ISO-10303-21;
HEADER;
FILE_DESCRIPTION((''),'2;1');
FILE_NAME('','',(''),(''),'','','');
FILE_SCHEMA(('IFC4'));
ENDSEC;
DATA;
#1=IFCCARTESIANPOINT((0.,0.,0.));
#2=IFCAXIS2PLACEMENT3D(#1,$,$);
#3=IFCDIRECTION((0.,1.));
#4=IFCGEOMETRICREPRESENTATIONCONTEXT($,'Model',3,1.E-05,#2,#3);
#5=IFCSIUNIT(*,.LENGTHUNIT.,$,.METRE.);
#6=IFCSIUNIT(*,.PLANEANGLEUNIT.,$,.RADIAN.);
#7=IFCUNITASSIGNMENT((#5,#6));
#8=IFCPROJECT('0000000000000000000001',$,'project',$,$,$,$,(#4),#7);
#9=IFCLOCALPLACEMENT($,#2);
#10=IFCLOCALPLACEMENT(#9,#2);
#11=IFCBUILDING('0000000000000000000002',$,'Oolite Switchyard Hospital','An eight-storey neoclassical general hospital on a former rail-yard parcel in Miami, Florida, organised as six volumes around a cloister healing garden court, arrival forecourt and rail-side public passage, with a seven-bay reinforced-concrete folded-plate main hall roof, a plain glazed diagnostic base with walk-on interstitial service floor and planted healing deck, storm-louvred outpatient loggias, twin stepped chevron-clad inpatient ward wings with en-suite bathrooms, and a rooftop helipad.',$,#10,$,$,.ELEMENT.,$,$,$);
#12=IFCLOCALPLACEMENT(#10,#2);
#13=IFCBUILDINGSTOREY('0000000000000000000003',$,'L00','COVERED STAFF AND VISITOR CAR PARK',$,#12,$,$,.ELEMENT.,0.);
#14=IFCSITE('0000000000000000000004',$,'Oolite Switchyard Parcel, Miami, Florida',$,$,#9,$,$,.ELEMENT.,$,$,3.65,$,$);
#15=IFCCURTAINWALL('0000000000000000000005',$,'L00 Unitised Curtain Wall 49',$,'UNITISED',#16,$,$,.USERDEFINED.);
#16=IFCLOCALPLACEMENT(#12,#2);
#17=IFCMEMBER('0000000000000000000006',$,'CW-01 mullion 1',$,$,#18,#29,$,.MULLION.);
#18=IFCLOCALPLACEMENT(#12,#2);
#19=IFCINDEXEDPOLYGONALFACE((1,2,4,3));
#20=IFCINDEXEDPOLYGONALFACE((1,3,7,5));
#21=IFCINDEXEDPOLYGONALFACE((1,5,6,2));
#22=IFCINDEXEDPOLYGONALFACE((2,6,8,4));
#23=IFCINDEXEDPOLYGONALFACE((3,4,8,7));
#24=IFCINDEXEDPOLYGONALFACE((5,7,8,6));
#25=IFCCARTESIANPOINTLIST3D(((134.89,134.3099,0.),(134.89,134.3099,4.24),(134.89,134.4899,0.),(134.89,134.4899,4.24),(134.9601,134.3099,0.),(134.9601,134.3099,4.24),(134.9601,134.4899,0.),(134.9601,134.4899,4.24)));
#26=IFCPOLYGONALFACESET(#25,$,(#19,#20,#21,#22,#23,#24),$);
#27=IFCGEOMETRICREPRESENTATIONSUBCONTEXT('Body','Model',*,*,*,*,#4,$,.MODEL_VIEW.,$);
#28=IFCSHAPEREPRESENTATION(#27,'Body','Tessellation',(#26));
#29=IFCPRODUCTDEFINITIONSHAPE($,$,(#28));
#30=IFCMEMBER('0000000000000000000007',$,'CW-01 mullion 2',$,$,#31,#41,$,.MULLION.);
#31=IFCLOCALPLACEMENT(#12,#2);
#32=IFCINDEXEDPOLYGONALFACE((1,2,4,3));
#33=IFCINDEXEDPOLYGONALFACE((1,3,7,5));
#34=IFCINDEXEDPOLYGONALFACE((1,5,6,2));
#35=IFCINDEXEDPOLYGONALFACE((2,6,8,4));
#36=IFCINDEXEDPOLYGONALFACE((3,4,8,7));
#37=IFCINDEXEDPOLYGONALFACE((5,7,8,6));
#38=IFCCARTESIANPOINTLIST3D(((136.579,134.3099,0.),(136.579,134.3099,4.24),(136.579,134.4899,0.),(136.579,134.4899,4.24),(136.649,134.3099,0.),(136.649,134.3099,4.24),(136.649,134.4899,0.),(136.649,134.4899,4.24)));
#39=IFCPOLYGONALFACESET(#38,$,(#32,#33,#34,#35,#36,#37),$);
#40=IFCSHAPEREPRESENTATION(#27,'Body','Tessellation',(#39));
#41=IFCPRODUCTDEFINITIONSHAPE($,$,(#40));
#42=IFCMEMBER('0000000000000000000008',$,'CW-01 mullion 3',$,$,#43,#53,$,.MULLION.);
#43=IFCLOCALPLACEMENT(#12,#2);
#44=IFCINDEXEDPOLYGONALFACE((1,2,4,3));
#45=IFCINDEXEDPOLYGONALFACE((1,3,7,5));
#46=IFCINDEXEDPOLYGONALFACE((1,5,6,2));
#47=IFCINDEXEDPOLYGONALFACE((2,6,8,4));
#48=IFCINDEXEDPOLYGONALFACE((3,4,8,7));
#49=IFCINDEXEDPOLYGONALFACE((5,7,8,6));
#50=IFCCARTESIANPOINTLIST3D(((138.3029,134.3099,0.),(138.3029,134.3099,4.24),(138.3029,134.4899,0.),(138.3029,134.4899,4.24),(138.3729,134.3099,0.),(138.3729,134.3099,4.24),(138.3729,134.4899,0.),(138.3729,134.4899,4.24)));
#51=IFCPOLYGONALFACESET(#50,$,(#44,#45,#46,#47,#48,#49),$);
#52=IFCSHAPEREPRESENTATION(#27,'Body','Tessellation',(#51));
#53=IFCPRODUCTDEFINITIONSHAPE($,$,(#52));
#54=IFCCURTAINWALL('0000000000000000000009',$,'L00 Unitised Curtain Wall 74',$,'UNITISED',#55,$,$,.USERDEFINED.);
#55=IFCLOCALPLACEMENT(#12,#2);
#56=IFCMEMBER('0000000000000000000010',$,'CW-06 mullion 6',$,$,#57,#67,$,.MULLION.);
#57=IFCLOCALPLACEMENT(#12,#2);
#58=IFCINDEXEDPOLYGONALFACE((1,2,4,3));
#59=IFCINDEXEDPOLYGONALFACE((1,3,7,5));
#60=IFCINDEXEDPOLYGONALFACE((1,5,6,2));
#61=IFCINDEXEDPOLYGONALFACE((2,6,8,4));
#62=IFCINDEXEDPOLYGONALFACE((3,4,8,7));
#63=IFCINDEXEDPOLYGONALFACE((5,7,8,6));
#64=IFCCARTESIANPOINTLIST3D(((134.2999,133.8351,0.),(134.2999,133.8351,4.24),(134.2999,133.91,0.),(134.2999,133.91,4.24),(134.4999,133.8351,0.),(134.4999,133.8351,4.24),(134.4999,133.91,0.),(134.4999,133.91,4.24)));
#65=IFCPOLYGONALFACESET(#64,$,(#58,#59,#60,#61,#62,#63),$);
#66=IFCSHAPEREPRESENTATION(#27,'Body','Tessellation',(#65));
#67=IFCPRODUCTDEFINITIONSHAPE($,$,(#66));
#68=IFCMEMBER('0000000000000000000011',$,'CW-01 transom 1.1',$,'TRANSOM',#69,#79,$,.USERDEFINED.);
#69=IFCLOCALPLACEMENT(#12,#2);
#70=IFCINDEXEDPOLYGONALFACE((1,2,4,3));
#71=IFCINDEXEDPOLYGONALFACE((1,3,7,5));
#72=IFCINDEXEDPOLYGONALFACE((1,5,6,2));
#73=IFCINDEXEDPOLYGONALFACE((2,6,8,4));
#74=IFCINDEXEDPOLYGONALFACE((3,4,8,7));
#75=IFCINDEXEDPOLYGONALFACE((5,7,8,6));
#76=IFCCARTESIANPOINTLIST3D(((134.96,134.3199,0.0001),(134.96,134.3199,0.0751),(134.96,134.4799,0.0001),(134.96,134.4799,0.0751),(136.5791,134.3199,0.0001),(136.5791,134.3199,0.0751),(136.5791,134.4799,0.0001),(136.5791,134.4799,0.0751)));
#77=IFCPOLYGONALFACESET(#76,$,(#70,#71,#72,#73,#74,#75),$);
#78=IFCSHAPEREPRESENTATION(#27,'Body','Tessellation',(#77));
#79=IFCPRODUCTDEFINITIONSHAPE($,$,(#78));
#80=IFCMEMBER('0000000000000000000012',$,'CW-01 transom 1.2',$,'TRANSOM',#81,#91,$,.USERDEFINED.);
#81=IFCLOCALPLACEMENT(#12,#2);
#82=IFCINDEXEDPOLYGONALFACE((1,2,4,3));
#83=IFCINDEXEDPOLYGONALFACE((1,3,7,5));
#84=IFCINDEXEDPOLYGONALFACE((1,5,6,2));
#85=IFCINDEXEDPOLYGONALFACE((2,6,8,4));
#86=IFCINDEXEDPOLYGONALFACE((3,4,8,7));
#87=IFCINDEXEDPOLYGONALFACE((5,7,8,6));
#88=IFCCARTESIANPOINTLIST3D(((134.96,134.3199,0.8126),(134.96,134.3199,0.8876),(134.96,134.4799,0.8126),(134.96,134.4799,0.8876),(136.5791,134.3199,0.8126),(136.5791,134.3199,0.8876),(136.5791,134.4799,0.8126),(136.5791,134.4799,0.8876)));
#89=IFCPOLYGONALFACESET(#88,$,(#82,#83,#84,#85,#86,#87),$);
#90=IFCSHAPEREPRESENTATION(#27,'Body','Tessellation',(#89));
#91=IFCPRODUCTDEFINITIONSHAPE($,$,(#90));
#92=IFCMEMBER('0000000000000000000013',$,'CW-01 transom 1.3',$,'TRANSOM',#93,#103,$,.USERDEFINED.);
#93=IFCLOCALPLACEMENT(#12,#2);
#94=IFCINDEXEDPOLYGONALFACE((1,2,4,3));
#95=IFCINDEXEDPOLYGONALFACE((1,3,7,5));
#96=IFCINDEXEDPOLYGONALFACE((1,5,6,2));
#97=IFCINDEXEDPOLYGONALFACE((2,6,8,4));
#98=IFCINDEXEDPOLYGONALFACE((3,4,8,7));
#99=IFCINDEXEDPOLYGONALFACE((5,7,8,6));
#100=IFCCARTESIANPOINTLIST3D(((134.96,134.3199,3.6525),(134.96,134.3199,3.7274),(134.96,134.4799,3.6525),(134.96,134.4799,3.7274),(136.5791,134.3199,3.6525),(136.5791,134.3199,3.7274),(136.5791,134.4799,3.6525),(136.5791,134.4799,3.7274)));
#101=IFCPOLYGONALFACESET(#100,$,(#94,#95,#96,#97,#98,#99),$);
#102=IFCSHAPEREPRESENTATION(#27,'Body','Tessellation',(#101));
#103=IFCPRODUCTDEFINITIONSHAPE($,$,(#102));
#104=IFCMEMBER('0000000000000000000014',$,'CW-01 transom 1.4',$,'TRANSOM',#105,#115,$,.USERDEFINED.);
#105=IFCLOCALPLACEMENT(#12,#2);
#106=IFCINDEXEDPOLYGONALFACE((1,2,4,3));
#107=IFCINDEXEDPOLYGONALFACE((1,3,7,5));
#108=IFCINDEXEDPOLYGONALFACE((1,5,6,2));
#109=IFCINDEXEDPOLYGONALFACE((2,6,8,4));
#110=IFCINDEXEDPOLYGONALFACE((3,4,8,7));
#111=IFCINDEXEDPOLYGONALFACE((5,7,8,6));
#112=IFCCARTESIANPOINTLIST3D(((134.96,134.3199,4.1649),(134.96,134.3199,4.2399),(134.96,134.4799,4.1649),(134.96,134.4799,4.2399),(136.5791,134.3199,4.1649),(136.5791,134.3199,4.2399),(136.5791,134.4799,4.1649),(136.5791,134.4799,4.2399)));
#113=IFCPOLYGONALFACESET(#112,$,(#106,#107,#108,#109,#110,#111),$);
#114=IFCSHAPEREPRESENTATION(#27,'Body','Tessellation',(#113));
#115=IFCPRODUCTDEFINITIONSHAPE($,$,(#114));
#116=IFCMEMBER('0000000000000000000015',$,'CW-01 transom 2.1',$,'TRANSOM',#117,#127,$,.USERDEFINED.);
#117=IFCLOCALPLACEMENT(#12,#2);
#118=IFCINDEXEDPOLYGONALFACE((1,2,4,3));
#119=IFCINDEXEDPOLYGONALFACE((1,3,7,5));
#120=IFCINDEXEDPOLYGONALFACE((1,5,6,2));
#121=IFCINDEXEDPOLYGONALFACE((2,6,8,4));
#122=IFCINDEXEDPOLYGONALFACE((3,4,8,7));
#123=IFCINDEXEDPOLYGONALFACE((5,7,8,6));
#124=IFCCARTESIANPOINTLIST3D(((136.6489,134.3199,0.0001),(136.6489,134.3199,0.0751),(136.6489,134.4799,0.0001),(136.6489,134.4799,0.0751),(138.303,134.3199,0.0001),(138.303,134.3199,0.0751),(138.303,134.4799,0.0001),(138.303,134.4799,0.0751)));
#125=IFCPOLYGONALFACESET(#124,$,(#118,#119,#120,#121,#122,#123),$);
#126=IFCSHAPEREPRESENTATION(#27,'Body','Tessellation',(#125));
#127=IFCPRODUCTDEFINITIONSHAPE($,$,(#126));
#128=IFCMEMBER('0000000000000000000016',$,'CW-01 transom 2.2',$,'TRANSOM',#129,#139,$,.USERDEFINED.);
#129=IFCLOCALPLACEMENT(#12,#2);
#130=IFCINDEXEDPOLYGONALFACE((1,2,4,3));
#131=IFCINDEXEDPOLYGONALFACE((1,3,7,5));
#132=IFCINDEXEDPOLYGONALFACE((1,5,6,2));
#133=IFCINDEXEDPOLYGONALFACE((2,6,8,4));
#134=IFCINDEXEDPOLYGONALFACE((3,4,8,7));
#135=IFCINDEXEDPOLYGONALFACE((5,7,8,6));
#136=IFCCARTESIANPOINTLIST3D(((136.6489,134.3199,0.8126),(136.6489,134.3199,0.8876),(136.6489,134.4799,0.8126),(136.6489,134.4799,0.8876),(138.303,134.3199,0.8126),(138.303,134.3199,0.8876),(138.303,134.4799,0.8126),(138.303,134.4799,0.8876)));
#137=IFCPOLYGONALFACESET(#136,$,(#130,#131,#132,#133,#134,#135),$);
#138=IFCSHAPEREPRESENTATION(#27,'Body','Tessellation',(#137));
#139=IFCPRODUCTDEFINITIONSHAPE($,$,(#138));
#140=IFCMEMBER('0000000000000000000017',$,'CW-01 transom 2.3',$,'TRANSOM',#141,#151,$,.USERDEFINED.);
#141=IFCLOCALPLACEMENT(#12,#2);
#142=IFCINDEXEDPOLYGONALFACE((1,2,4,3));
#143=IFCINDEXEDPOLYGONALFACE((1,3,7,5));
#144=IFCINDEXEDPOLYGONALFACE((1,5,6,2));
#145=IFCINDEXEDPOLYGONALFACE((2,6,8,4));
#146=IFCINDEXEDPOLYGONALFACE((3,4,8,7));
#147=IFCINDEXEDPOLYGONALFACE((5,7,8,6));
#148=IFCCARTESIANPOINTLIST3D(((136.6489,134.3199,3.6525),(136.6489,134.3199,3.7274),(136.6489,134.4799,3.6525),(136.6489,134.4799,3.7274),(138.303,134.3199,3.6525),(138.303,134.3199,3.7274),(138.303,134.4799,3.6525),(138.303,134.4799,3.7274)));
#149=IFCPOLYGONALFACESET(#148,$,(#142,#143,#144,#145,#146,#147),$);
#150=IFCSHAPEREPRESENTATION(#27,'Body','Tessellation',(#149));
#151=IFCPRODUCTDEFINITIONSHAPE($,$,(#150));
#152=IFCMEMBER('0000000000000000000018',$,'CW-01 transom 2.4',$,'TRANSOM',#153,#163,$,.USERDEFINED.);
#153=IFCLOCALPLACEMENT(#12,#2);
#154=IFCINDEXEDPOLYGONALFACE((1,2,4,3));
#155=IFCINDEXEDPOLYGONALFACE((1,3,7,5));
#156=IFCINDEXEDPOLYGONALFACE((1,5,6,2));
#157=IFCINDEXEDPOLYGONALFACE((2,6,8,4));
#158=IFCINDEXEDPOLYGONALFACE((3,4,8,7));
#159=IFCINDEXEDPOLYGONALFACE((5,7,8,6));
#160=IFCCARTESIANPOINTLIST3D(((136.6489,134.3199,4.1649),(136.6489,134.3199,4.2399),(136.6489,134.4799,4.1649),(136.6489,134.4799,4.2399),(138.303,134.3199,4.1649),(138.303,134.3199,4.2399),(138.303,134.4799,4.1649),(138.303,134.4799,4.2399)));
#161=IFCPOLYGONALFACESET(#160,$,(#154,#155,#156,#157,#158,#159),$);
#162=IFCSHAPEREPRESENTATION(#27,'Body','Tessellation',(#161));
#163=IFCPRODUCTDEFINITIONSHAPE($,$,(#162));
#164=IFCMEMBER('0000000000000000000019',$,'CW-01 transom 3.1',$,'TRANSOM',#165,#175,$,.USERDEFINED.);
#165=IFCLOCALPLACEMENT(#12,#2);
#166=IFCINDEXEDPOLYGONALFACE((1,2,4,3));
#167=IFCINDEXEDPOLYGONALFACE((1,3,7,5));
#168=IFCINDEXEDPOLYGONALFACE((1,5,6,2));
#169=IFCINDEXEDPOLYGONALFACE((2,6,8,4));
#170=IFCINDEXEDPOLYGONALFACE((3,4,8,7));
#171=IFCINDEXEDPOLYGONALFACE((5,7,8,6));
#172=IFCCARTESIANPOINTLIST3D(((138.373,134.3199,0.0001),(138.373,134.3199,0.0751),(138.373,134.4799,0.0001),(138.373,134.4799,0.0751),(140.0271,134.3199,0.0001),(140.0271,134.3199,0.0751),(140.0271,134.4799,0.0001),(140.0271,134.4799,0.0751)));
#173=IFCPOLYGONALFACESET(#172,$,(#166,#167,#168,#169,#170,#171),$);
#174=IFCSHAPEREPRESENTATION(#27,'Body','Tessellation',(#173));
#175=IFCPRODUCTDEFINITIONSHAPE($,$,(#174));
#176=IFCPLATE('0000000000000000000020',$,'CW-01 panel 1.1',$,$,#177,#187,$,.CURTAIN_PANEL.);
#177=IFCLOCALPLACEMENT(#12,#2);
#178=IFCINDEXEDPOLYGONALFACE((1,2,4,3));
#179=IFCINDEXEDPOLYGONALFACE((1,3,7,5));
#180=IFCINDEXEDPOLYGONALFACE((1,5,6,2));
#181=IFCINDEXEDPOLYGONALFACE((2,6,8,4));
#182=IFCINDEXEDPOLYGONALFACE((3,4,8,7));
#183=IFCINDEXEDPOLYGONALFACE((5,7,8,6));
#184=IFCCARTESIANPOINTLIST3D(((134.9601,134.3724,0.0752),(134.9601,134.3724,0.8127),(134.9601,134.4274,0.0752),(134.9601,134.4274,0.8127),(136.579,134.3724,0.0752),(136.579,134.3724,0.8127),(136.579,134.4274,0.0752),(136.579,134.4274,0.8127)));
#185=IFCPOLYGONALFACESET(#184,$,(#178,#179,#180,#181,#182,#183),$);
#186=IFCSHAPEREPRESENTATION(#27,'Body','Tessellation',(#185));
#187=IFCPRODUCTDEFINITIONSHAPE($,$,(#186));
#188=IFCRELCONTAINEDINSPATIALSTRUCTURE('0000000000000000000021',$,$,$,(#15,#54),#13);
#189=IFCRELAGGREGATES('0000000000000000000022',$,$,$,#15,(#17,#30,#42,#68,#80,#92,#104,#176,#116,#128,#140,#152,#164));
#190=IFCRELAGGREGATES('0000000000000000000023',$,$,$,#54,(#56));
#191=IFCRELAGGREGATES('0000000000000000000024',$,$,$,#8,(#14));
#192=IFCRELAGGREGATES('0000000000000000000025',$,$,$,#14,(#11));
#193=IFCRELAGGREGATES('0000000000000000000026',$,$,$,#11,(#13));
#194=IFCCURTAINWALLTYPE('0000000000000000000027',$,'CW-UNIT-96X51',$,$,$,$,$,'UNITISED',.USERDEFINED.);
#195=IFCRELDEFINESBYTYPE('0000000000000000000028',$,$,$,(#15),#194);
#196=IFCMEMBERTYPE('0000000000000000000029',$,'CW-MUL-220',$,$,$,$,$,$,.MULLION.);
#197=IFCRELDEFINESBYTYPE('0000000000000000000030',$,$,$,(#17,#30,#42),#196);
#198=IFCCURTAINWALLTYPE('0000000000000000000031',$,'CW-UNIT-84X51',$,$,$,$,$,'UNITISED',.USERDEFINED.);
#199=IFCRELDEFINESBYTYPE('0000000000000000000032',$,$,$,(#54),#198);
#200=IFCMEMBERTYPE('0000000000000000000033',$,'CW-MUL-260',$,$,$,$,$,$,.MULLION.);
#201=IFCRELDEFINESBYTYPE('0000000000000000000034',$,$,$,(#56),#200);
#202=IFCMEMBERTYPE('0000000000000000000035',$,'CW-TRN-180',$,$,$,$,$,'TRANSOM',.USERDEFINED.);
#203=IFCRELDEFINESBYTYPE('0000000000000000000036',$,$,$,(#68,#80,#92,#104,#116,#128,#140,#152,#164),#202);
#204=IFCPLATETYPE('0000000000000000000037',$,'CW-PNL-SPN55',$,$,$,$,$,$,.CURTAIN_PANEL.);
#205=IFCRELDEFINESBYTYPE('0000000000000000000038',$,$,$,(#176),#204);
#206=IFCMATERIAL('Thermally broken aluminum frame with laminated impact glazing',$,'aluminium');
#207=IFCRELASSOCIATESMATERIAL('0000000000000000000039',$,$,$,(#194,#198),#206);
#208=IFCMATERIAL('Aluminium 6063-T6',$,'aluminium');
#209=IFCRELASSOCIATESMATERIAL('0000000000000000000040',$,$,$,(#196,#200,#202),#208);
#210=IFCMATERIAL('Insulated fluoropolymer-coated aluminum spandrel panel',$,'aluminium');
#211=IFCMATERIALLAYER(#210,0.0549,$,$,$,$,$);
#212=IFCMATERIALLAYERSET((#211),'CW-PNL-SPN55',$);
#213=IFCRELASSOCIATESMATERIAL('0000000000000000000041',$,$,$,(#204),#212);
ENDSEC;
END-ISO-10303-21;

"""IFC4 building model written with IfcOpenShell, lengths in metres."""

from ifc_helpers import new_model, si_unit, direction, frame, origin, origin_2d, place, context, subcontext, project, spatial, rectangle, extrude, material, layer, layer_set, material_profile, profile_set, type_object, element, aggregate, save


model = new_model("IFC4")

# Units and contexts
model_context = context("Model", 3, precision=1e-05, world=origin(), true_north=direction((0.0, 1.0)))
body_context = subcontext(model_context, "Body", "Model", "MODEL_VIEW")
ifc_project = project(units=[si_unit("LENGTHUNIT", "METRE"), si_unit("PLANEANGLEUNIT", "RADIAN")], contexts=[model_context])

# Site, building, storey
site_placement = place(None, origin())
site = spatial("IfcSite", under=ifc_project, at=site_placement, Name="Oolite Switchyard Parcel, Miami, Florida", CompositionType="ELEMENT", RefElevation=3.65)
building_placement = place(site_placement, origin())
building = spatial("IfcBuilding", under=site, at=building_placement, Name="Oolite Switchyard Hospital", Description="An eight-storey neoclassical general hospital on a former rail-yard parcel in Miami, Florida, organised as six volumes around a cloister healing garden court, arrival forecourt and rail-side public passage, with a seven-bay reinforced-concrete folded-plate main hall roof, a plain glazed diagnostic base with walk-on interstitial service floor and planted healing deck, storm-louvred outpatient loggias, twin stepped chevron-clad inpatient ward wings with en-suite bathrooms, and a rooftop helipad.", CompositionType="ELEMENT")
storey_placement = place(building_placement, origin())
storey = spatial("IfcBuildingStorey", under=building, at=storey_placement, Name="L00", Description="COVERED STAFF AND VISITOR CAR PARK", CompositionType="ELEMENT", Elevation=0.0)

# Curtain wall, members
ifc_material_1 = material(Name="Thermally broken aluminum frame with laminated impact glazing", Category="aluminium")
curtain_wall_type_1 = type_object("IfcCurtainWallType", Name="CW-UNIT-96X51", ElementType="UNITISED", PredefinedType="USERDEFINED", material=ifc_material_1)
curtain_wall_1_placement = place(storey_placement, origin())
curtain_wall_1 = element("IfcCurtainWall", 1, at=curtain_wall_1_placement, inside=storey, type_object=curtain_wall_type_1, Name="L00 Unitised Curtain Wall 49", ObjectType="UNITISED", PredefinedType="USERDEFINED")
ifc_material_2 = material(Name="Aluminium 6063-T6", Category="aluminium")
ifc_material_profile_1 = material_profile(ifc_material_2, rectangle(XDim=0.1799, YDim=0.0701, at=origin_2d()), Name="CWM70X180")
ifc_profile_set_1 = profile_set([ifc_material_profile_1], Name="Aluminium 6063-T6")
member_type_1 = type_object("IfcMemberType", Name="CW-MUL-220", PredefinedType="MULLION", material=ifc_profile_set_1)
member_1_placement = place(storey_placement, frame((134.925, 134.3999, 0.0), z_axis=(0.0, 0.0, 1.0), x_axis=(0.0, 1.0, 0.0)))
member_1 = element("IfcMember", 2, at=member_1_placement, type_object=member_type_1, Name="CW-01 mullion 1", PredefinedType="MULLION", context=body_context, shape_type="SweptSolid", body=[
    extrude(rectangle(XDim=0.1799, YDim=0.0701, at=origin_2d()), origin(), (0.0, 0.0, 1.0), 4.24),
])
member_2_placement = place(storey_placement, frame((136.614, 134.3999, 0.0), z_axis=(0.0, 0.0, 1.0), x_axis=(0.0, 1.0, 0.0)))
member_2 = element("IfcMember", 3, at=member_2_placement, type_object=member_type_1, Name="CW-01 mullion 2", PredefinedType="MULLION", context=body_context, shape_type="SweptSolid", body=[
    extrude(rectangle(XDim=0.1799, YDim=0.0701, at=origin_2d()), origin(), (0.0, 0.0, 1.0), 4.24),
])
member_3_placement = place(storey_placement, frame((138.3379, 134.3999, 0.0), z_axis=(0.0, 0.0, 1.0), x_axis=(0.0, 1.0, 0.0)))
member_3 = element("IfcMember", 4, at=member_3_placement, type_object=member_type_1, Name="CW-01 mullion 3", PredefinedType="MULLION", context=body_context, shape_type="SweptSolid", body=[
    extrude(rectangle(XDim=0.1799, YDim=0.0701, at=origin_2d()), origin(), (0.0, 0.0, 1.0), 4.24),
])

# Curtain wall, member
curtain_wall_type_2 = type_object("IfcCurtainWallType", Name="CW-UNIT-84X51", ElementType="UNITISED", PredefinedType="USERDEFINED", material=ifc_material_1)
curtain_wall_2_placement = place(storey_placement, origin())
curtain_wall_2 = element("IfcCurtainWall", 5, at=curtain_wall_2_placement, inside=storey, type_object=curtain_wall_type_2, Name="L00 Unitised Curtain Wall 74", ObjectType="UNITISED", PredefinedType="USERDEFINED")
ifc_material_profile_2 = material_profile(ifc_material_2, rectangle(XDim=0.2, YDim=0.075, at=origin_2d()), Name="CWM75X200")
ifc_profile_set_2 = profile_set([ifc_material_profile_2], Name="Aluminium 6063-T6")
member_type_2 = type_object("IfcMemberType", Name="CW-MUL-260", PredefinedType="MULLION", material=ifc_profile_set_2)
member_4_placement = place(storey_placement, frame((134.3999, 133.8726, 0.0), z_axis=(0.0, 0.0, 1.0), x_axis=(-1.0, 0.0, 0.0)))
member_4 = element("IfcMember", 6, at=member_4_placement, type_object=member_type_2, Name="CW-06 mullion 6", PredefinedType="MULLION", context=body_context, shape_type="SweptSolid", body=[
    extrude(rectangle(XDim=0.2, YDim=0.075, at=origin_2d()), origin(), (0.0, 0.0, 1.0), 4.24),
])

# Members
ifc_material_profile_3 = material_profile(ifc_material_2, rectangle(XDim=0.1599, YDim=0.075, at=origin_2d()), Name="CWT75X160")
ifc_profile_set_3 = profile_set([ifc_material_profile_3], Name="Aluminium 6063-T6")
member_type_3 = type_object("IfcMemberType", Name="CW-TRN-180", ElementType="TRANSOM", PredefinedType="USERDEFINED", material=ifc_profile_set_3)
member_5_placement = place(storey_placement, frame((134.96, 134.3999, 0.0376), z_axis=(1.0, 0.0, 0.0), x_axis=(0.0, 1.0, 0.0)))
member_5 = element("IfcMember", 7, at=member_5_placement, type_object=member_type_3, Name="CW-01 transom 1.1", ObjectType="TRANSOM", PredefinedType="USERDEFINED", context=body_context, shape_type="SweptSolid", body=[
    extrude(rectangle(XDim=0.1599, YDim=0.075, at=origin_2d()), origin(), (0.0, 0.0, 1.0), 1.6191),
])
member_6_placement = place(storey_placement, frame((134.96, 134.3999, 0.8501), z_axis=(1.0, 0.0, 0.0), x_axis=(0.0, 1.0, 0.0)))
member_6 = element("IfcMember", 8, at=member_6_placement, type_object=member_type_3, Name="CW-01 transom 1.2", ObjectType="TRANSOM", PredefinedType="USERDEFINED", context=body_context, shape_type="SweptSolid", body=[
    extrude(rectangle(XDim=0.1599, YDim=0.075, at=origin_2d()), origin(), (0.0, 0.0, 1.0), 1.6191),
])
member_7_placement = place(storey_placement, frame((134.96, 134.3999, 3.6899), z_axis=(1.0, 0.0, 0.0), x_axis=(0.0, 1.0, 0.0)))
member_7 = element("IfcMember", 9, at=member_7_placement, type_object=member_type_3, Name="CW-01 transom 1.3", ObjectType="TRANSOM", PredefinedType="USERDEFINED", context=body_context, shape_type="SweptSolid", body=[
    extrude(rectangle(XDim=0.1599, YDim=0.075, at=origin_2d()), origin(), (0.0, 0.0, 1.0), 1.6191),
])
member_8_placement = place(storey_placement, frame((134.96, 134.3999, 4.2024), z_axis=(1.0, 0.0, 0.0), x_axis=(0.0, 1.0, 0.0)))
member_8 = element("IfcMember", 10, at=member_8_placement, type_object=member_type_3, Name="CW-01 transom 1.4", ObjectType="TRANSOM", PredefinedType="USERDEFINED", context=body_context, shape_type="SweptSolid", body=[
    extrude(rectangle(XDim=0.1599, YDim=0.075, at=origin_2d()), origin(), (0.0, 0.0, 1.0), 1.6191),
])
member_9_placement = place(storey_placement, frame((136.6489, 134.3999, 0.0376), z_axis=(1.0, 0.0, 0.0), x_axis=(0.0, 1.0, 0.0)))
member_9 = element("IfcMember", 11, at=member_9_placement, type_object=member_type_3, Name="CW-01 transom 2.1", ObjectType="TRANSOM", PredefinedType="USERDEFINED", context=body_context, shape_type="SweptSolid", body=[
    extrude(rectangle(XDim=0.1599, YDim=0.075, at=origin_2d()), origin(), (0.0, 0.0, 1.0), 1.6541),
])
member_10_placement = place(storey_placement, frame((136.6489, 134.3999, 0.8501), z_axis=(1.0, 0.0, 0.0), x_axis=(0.0, 1.0, 0.0)))
member_10 = element("IfcMember", 12, at=member_10_placement, type_object=member_type_3, Name="CW-01 transom 2.2", ObjectType="TRANSOM", PredefinedType="USERDEFINED", context=body_context, shape_type="SweptSolid", body=[
    extrude(rectangle(XDim=0.1599, YDim=0.075, at=origin_2d()), origin(), (0.0, 0.0, 1.0), 1.6541),
])
member_11_placement = place(storey_placement, frame((136.6489, 134.3999, 3.6899), z_axis=(1.0, 0.0, 0.0), x_axis=(0.0, 1.0, 0.0)))
member_11 = element("IfcMember", 13, at=member_11_placement, type_object=member_type_3, Name="CW-01 transom 2.3", ObjectType="TRANSOM", PredefinedType="USERDEFINED", context=body_context, shape_type="SweptSolid", body=[
    extrude(rectangle(XDim=0.1599, YDim=0.075, at=origin_2d()), origin(), (0.0, 0.0, 1.0), 1.6541),
])
member_12_placement = place(storey_placement, frame((136.6489, 134.3999, 4.2024), z_axis=(1.0, 0.0, 0.0), x_axis=(0.0, 1.0, 0.0)))
member_12 = element("IfcMember", 14, at=member_12_placement, type_object=member_type_3, Name="CW-01 transom 2.4", ObjectType="TRANSOM", PredefinedType="USERDEFINED", context=body_context, shape_type="SweptSolid", body=[
    extrude(rectangle(XDim=0.1599, YDim=0.075, at=origin_2d()), origin(), (0.0, 0.0, 1.0), 1.6541),
])
member_13_placement = place(storey_placement, frame((138.373, 134.3999, 0.0376), z_axis=(1.0, 0.0, 0.0), x_axis=(0.0, 1.0, 0.0)))
member_13 = element("IfcMember", 15, at=member_13_placement, type_object=member_type_3, Name="CW-01 transom 3.1", ObjectType="TRANSOM", PredefinedType="USERDEFINED", context=body_context, shape_type="SweptSolid", body=[
    extrude(rectangle(XDim=0.1599, YDim=0.075, at=origin_2d()), origin(), (0.0, 0.0, 1.0), 1.6541),
])

# Plate
ifc_material_3 = material(Name="Insulated fluoropolymer-coated aluminum spandrel panel", Category="aluminium")
ifc_layer = layer(ifc_material_3, 0.0549)
ifc_layer_set = layer_set([ifc_layer], Name="CW-PNL-SPN55")
plate_type = type_object("IfcPlateType", Name="CW-PNL-SPN55", PredefinedType="CURTAIN_PANEL", material=ifc_layer_set)
plate_1_placement = place(storey_placement, frame((135.7695, 134.3999, 0.0752), z_axis=(0.0, 0.0, 1.0), x_axis=(1.0, 0.0, 0.0)))
plate_1 = element("IfcPlate", 16, at=plate_1_placement, type_object=plate_type, Name="CW-01 panel 1.1", PredefinedType="CURTAIN_PANEL", context=body_context, shape_type="SweptSolid", body=[
    extrude(rectangle(XDim=1.6189, YDim=0.0549, at=origin_2d()), origin(), (0.0, 0.0, 1.0), 0.7375),
])
aggregate(curtain_wall_1, [member_1, member_2, member_3, member_5, member_6, member_7, member_8, plate_1, member_9, member_10, member_11, member_12, member_13])
aggregate(curtain_wall_2, [member_4])

save(model, "model.ifc")
